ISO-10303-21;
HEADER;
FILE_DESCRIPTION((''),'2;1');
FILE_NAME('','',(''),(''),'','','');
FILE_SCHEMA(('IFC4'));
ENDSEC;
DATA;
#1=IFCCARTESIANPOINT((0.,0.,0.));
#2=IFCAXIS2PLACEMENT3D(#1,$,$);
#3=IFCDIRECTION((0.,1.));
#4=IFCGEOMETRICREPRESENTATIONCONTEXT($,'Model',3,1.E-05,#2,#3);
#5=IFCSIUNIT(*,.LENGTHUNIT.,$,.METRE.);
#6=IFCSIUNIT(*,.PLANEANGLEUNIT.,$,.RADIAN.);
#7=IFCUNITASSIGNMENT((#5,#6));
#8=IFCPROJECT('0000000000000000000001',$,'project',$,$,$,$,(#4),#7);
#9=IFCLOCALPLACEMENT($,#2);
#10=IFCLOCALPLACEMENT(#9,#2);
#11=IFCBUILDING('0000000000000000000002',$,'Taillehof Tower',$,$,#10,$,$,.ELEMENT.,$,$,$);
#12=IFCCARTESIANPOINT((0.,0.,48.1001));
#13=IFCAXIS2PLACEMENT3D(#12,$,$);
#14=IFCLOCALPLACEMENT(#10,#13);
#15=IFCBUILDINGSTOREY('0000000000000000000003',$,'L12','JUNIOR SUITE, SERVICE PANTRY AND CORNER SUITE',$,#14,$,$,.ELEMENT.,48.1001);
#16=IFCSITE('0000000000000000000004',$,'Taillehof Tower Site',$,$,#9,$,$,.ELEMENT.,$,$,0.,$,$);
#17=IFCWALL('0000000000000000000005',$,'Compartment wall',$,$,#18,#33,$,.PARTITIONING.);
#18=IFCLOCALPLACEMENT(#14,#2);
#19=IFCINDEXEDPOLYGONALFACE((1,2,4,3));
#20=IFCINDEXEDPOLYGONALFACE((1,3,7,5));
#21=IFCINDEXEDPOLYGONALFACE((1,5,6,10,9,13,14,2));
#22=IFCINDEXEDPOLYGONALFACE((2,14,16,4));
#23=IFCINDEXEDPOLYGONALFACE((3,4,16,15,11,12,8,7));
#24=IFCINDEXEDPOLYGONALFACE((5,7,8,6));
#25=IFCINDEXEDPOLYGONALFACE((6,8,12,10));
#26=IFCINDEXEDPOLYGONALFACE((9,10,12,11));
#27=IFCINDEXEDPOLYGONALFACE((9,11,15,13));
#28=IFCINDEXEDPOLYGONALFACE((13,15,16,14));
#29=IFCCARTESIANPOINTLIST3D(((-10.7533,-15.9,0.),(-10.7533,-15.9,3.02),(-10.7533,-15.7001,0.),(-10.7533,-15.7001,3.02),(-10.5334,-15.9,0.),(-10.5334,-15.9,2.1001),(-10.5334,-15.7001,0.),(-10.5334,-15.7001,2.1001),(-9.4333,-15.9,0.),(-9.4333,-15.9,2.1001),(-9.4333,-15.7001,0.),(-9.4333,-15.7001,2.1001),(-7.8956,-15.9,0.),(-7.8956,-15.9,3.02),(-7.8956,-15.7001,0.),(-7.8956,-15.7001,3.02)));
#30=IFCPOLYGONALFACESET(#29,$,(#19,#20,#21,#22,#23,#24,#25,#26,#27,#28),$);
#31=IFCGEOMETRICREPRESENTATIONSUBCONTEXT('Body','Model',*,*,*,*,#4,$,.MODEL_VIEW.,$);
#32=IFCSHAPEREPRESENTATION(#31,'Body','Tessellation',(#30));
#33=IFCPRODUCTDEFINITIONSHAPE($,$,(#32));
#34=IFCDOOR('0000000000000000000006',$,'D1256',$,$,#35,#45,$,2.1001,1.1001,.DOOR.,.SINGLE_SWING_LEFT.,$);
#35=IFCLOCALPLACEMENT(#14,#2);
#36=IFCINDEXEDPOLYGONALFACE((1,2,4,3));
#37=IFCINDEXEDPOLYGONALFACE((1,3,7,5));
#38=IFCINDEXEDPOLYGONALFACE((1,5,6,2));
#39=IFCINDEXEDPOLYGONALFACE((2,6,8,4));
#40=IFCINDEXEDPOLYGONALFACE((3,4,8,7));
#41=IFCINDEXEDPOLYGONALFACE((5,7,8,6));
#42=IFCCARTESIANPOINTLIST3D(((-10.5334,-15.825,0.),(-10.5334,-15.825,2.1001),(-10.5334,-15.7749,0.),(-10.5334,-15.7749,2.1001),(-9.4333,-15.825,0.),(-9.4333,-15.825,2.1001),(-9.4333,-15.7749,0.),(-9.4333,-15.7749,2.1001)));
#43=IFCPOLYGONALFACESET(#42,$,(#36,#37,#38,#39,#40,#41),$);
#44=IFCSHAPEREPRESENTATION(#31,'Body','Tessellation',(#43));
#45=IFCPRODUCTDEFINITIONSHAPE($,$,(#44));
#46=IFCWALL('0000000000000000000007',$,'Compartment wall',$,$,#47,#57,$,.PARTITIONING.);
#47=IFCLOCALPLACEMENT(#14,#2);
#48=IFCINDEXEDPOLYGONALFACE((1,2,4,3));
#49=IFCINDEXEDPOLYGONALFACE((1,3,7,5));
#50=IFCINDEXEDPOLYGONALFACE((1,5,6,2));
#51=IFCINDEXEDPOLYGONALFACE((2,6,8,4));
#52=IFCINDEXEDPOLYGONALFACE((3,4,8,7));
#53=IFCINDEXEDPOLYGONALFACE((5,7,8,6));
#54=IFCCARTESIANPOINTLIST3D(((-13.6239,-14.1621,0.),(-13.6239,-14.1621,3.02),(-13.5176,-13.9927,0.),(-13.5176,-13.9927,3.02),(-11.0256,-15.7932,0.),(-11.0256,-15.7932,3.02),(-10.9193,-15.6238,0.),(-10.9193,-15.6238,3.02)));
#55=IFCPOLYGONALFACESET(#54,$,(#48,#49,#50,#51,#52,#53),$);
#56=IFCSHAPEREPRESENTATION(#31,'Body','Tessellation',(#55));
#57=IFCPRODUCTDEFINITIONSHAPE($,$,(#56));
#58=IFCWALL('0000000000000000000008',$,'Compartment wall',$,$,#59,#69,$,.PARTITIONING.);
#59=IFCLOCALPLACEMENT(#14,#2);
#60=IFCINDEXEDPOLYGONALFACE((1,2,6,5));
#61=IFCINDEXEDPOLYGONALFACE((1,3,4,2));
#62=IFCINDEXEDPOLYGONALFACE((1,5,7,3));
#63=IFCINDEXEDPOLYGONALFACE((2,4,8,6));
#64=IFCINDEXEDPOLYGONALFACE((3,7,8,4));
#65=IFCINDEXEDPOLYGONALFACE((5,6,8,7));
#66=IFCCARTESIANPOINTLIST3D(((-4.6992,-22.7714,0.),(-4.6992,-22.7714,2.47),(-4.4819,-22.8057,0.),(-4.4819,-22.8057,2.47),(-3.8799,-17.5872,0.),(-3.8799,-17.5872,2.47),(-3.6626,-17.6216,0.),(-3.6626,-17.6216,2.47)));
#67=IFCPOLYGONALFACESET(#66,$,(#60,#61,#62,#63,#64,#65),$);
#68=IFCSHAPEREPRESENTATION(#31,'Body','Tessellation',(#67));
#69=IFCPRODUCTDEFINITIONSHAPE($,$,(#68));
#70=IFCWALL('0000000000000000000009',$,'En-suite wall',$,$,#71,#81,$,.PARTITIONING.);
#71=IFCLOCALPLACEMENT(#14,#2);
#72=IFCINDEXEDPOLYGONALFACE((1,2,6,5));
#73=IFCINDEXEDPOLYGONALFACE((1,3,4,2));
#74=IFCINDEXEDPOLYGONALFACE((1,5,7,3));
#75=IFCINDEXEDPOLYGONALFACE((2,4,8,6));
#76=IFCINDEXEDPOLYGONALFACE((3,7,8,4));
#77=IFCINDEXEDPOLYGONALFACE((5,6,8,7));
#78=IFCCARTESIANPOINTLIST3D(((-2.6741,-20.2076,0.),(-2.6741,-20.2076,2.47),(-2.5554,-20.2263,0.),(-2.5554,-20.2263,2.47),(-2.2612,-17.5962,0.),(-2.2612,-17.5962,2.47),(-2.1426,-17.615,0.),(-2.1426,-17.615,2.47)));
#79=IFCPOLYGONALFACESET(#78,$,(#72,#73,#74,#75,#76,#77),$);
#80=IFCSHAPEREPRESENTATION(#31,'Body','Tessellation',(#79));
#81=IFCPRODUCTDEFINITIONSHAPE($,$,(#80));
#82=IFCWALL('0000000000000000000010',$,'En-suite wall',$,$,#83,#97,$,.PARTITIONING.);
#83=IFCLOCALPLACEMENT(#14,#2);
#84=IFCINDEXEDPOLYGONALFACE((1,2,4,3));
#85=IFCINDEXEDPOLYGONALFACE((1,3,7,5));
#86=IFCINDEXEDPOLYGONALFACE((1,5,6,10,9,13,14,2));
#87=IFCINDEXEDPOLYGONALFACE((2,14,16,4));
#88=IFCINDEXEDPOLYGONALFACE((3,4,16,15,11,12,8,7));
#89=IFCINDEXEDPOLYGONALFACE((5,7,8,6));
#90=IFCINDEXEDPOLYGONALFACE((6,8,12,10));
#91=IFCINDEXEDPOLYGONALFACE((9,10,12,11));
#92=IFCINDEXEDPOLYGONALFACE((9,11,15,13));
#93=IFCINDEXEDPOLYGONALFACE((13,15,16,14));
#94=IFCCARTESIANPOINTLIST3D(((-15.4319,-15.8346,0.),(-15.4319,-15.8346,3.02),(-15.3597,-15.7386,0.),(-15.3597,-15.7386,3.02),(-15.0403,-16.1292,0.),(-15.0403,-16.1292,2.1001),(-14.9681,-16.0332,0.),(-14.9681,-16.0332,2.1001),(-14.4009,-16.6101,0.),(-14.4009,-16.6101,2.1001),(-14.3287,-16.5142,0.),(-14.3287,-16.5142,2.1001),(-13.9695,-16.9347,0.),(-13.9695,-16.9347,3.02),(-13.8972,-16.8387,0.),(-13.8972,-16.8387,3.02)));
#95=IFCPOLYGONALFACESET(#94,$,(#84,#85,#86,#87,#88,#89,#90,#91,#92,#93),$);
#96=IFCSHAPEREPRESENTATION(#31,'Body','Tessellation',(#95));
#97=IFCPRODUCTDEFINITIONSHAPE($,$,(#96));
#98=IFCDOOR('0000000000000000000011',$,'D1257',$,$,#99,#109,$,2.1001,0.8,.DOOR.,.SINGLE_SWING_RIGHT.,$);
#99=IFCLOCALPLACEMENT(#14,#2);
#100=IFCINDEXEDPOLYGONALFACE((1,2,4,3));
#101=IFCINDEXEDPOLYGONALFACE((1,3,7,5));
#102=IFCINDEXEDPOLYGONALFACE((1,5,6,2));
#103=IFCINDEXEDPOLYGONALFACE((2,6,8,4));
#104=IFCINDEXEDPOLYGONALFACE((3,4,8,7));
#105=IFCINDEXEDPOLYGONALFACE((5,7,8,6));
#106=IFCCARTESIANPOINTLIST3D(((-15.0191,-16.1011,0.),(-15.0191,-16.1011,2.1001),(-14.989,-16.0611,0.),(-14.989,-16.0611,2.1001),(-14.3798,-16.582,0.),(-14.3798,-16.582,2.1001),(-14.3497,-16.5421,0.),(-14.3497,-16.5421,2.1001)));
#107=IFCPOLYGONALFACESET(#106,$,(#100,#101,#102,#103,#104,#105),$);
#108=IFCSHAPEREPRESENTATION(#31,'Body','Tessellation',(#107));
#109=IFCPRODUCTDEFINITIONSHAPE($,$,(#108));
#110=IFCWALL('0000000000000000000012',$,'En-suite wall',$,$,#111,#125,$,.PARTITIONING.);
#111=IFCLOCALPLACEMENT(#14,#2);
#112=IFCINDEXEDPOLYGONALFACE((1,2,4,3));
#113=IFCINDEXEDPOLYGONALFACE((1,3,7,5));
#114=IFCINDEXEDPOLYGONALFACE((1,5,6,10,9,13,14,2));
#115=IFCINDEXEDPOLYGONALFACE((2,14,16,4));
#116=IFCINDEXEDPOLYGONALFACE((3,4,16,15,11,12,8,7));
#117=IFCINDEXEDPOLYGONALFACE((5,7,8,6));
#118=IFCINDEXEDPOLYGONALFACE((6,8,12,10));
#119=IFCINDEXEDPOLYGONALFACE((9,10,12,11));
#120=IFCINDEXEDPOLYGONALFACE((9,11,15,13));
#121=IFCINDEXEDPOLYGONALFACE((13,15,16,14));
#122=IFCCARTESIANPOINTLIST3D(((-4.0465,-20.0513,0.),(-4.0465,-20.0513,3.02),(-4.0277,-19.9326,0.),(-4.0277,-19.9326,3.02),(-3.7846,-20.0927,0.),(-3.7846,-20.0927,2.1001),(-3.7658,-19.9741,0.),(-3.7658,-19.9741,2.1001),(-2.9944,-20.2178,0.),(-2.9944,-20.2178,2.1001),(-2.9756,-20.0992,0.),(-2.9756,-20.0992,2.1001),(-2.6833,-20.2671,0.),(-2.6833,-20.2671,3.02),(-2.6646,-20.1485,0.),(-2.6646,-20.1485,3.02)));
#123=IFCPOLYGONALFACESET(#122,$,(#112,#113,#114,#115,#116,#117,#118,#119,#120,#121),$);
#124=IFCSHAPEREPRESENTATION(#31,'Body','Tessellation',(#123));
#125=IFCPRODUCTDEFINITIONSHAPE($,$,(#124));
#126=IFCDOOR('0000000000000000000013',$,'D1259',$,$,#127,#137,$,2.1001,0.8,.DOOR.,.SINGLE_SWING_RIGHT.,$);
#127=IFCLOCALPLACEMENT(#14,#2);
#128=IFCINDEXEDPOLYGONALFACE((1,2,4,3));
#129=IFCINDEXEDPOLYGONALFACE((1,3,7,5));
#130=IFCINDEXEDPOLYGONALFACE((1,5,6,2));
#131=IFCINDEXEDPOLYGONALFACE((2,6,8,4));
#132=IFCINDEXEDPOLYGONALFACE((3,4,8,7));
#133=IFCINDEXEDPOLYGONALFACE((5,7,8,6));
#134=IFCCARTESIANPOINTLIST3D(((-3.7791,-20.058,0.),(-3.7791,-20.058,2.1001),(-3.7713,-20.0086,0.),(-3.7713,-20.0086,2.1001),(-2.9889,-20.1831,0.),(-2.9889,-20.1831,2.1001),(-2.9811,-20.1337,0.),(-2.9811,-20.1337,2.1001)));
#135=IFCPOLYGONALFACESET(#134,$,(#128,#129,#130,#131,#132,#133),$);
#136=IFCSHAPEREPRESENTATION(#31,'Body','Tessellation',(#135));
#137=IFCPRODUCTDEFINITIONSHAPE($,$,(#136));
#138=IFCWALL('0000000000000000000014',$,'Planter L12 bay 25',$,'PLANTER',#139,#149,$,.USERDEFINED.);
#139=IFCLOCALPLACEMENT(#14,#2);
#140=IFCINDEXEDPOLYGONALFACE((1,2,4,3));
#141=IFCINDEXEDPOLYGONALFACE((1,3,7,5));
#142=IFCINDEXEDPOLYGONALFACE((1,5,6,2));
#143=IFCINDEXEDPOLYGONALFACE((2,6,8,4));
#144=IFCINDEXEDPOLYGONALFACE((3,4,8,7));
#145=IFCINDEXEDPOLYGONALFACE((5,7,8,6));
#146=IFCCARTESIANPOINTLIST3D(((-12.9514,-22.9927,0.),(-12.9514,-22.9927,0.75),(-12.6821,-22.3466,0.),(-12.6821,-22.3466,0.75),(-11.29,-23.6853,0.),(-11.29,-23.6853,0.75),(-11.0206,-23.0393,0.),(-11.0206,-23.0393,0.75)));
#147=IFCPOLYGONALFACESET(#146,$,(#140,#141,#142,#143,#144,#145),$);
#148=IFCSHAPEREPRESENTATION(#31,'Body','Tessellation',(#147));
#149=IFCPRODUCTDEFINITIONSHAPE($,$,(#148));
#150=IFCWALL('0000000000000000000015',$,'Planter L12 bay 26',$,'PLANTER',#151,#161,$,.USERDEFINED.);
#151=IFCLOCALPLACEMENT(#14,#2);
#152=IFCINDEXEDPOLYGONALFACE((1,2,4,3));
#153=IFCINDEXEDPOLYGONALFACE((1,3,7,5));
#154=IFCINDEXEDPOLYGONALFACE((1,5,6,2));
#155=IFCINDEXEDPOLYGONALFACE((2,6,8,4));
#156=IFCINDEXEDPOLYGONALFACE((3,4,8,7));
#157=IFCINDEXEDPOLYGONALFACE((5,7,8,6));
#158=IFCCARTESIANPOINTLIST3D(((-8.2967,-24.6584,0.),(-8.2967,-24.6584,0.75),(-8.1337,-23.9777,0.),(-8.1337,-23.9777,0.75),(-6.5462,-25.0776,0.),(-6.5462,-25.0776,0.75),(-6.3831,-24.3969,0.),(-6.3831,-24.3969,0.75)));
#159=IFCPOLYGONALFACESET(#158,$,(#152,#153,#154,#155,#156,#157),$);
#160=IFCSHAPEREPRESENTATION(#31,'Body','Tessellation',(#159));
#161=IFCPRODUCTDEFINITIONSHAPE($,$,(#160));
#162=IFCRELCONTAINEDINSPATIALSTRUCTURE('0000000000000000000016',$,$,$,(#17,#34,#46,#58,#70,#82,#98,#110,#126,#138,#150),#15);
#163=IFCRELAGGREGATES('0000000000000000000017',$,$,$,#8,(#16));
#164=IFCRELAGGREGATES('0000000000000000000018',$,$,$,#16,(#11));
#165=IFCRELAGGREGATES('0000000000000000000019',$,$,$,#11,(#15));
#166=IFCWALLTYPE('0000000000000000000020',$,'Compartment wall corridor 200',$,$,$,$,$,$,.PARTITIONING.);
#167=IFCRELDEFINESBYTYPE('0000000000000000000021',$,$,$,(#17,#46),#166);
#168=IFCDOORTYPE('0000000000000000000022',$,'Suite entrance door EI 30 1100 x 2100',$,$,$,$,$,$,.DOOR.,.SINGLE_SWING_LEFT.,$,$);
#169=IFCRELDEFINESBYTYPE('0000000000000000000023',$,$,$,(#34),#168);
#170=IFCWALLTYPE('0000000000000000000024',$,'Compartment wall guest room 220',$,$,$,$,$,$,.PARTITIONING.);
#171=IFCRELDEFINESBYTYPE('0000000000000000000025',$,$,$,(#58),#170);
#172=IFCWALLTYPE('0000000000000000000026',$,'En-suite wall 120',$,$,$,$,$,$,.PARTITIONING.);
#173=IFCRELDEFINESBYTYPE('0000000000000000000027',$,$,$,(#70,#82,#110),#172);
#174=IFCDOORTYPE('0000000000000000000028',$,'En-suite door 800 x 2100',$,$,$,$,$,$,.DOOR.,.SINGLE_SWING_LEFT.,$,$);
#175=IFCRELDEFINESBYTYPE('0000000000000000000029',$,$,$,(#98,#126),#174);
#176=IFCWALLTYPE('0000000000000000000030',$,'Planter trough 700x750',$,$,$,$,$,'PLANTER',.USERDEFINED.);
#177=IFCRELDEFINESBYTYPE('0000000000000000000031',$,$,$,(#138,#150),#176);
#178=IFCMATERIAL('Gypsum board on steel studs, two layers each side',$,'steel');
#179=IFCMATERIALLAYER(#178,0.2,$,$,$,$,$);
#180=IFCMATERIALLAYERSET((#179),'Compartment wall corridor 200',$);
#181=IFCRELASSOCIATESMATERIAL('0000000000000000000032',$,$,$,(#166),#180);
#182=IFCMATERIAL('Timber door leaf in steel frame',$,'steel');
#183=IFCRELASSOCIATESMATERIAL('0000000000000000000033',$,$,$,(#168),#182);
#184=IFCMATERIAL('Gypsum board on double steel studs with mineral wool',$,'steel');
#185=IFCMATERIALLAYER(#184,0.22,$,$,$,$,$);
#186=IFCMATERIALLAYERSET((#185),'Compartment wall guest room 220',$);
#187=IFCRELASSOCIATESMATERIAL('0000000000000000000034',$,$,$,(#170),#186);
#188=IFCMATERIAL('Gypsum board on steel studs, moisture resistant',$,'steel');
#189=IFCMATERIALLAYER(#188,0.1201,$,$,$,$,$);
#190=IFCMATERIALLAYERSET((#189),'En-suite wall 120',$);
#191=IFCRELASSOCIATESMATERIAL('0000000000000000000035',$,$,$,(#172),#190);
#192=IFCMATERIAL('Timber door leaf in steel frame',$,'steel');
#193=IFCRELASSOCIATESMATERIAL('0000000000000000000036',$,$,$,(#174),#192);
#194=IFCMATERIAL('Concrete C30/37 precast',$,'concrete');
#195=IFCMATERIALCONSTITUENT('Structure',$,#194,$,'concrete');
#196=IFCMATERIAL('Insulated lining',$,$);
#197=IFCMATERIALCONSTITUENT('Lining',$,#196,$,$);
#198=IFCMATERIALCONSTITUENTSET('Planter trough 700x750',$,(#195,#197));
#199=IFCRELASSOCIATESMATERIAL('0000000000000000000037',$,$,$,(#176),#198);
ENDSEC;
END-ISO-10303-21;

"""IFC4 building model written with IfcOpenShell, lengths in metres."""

from ifc_helpers import new_model, si_unit, direction, frame, frame_2d, origin, place, context, subcontext, project, spatial, rectangle, extrude, material, layer, layer_set, constituent, constituent_set, type_object, element, fill, save


model = new_model("IFC4")

# Units and contexts
model_context = context("Model", 3, precision=1e-05, world=origin(), true_north=direction((0.0, 1.0)))
body_context = subcontext(model_context, "Body", "Model", "MODEL_VIEW")
ifc_project = project(units=[si_unit("LENGTHUNIT", "METRE"), si_unit("PLANEANGLEUNIT", "RADIAN")], contexts=[model_context])

# Site, building, storey
site_placement = place(None, origin())
site = spatial("IfcSite", under=ifc_project, at=site_placement, Name="Taillehof Tower Site", CompositionType="ELEMENT", RefElevation=0.0)
building_placement = place(site_placement, origin())
building = spatial("IfcBuilding", under=site, at=building_placement, Name="Taillehof Tower", CompositionType="ELEMENT")
storey_placement = place(building_placement, frame((0.0, 0.0, 48.1001)))
storey = spatial("IfcBuildingStorey", under=building, at=storey_placement, Name="L12", Description="JUNIOR SUITE, SERVICE PANTRY AND CORNER SUITE", CompositionType="ELEMENT", Elevation=48.1001)

# Shared definitions
ifc_material_1 = material(Name="Gypsum board on steel studs, two layers each side", Category="steel")
ifc_layer_1 = layer(ifc_material_1, 0.2)
ifc_layer_set_1 = layer_set([ifc_layer_1], Name="Compartment wall corridor 200")
wall_type_1 = type_object("IfcWallType", Name="Compartment wall corridor 200", PredefinedType="PARTITIONING", material=ifc_layer_set_1)

# Wall, opening, door
wall_1_placement = place(storey_placement, frame((-7.8958, -15.8, 0.0), z_axis=(0.0, 0.0, 1.0), x_axis=(-1.0, 0.0, 0.0)))
wall_1 = element("IfcWall", 1, at=wall_1_placement, inside=storey, type_object=wall_type_1, Name="Compartment wall", PredefinedType="PARTITIONING", context=body_context, shape_type="SweptSolid", body=[
    extrude(rectangle(XDim=2.8577, YDim=0.2, at=frame_2d((1.4287, 0.0))), origin(), (0.0, 0.0, 1.0), 3.02),
])
opening_1_placement = place(wall_1_placement, frame((1.5376, 0.0, 0.0)))
opening_1 = element("IfcOpeningElement", 2, at=opening_1_placement, cuts=wall_1, PredefinedType="OPENING", context=body_context, shape_type="SweptSolid", body=[
    extrude(rectangle(XDim=1.1001, YDim=2.1001, at=frame_2d((0.55, 1.05))), frame((0.0, 0.1099, 0.0), z_axis=(0.0, -1.0, 0.0), x_axis=(1.0, 0.0, 0.0)), (0.0, 0.0, 1.0), 0.22),
])
ifc_material_2 = material(Name="Timber door leaf in steel frame", Category="steel")
door_type_1 = type_object("IfcDoorType", Name="Suite entrance door EI 30 1100 x 2100", OperationType="SINGLE_SWING_LEFT", PredefinedType="DOOR", material=ifc_material_2)
door_1_placement = place(opening_1_placement, origin())
door_1 = element("IfcDoor", 3, at=door_1_placement, inside=storey, type_object=door_type_1, Name="D1256", OperationType="SINGLE_SWING_LEFT", OverallHeight=2.1001, OverallWidth=1.1001, PredefinedType="DOOR", context=body_context, shape_type="SweptSolid", body=[
    extrude(rectangle(XDim=1.1001, YDim=2.1001, at=frame_2d((0.55, 1.05))), frame((0.0, 0.0249, 0.0), z_axis=(0.0, -1.0, 0.0), x_axis=(1.0, 0.0, 0.0)), (0.0, 0.0, 1.0), 0.05),
])
fill(opening_1, door_1)

# Walls
wall_2_placement = place(storey_placement, frame((-10.9724, -15.7085, 0.0), z_axis=(0.0, 0.0, 1.0), x_axis=(-0.846955, 0.531665, 0.0)))
element("IfcWall", 4, at=wall_2_placement, inside=storey, type_object=wall_type_1, Name="Compartment wall", PredefinedType="PARTITIONING", context=body_context, shape_type="SweptSolid", body=[
    extrude(rectangle(XDim=3.0679, YDim=0.2, at=frame_2d((1.5339, 0.0))), origin(), (0.0, 0.0, 1.0), 3.02),
])
ifc_material_3 = material(Name="Gypsum board on double steel studs with mineral wool", Category="steel")
ifc_layer_2 = layer(ifc_material_3, 0.22)
ifc_layer_set_2 = layer_set([ifc_layer_2], Name="Compartment wall guest room 220")
wall_type_2 = type_object("IfcWallType", Name="Compartment wall guest room 220", PredefinedType="PARTITIONING", material=ifc_layer_set_2)
wall_3_placement = place(storey_placement, frame((-4.5906, -22.7886, 0.0), z_axis=(0.0, 0.0, 1.0), x_axis=(0.156111, 0.98774, 0.0)))
element("IfcWall", 5, at=wall_3_placement, inside=storey, type_object=wall_type_2, Name="Compartment wall", PredefinedType="PARTITIONING", context=body_context, shape_type="SweptSolid", body=[
    extrude(rectangle(XDim=5.2485, YDim=0.22, at=frame_2d((2.6243, 0.0))), origin(), (0.0, 0.0, 1.0), 2.47),
])
ifc_material_4 = material(Name="Gypsum board on steel studs, moisture resistant", Category="steel")
ifc_layer_3 = layer(ifc_material_4, 0.1201)
ifc_layer_set_3 = layer_set([ifc_layer_3], Name="En-suite wall 120")
wall_type_3 = type_object("IfcWallType", Name="En-suite wall 120", PredefinedType="PARTITIONING", material=ifc_layer_set_3)
wall_4_placement = place(storey_placement, frame((-2.2019, -17.6057, 0.0), z_axis=(0.0, 0.0, 1.0), x_axis=(-0.156157, -0.987732, 0.0)))
element("IfcWall", 6, at=wall_4_placement, inside=storey, type_object=wall_type_3, Name="En-suite wall", PredefinedType="PARTITIONING", context=body_context, shape_type="SweptSolid", body=[
    extrude(rectangle(XDim=2.6438, YDim=0.1201, at=frame_2d((1.3218, 0.0))), origin(), (0.0, 0.0, 1.0), 2.47),
])

# Walls, openings, doors
wall_5_placement = place(storey_placement, frame((-13.9333, -16.8867, 0.0), z_axis=(0.0, 0.0, 1.0), x_axis=(-0.799135, 0.601152, 0.0)))
wall_5 = element("IfcWall", 7, at=wall_5_placement, inside=storey, type_object=wall_type_3, Name="En-suite wall", PredefinedType="PARTITIONING", context=body_context, shape_type="SweptSolid", body=[
    extrude(rectangle(XDim=1.8301, YDim=0.1201, at=frame_2d((0.915, 0.0))), origin(), (0.0, 0.0, 1.0), 3.02),
])
opening_2_placement = place(wall_5_placement, frame((0.54, 0.0, 0.0)))
opening_2 = element("IfcOpeningElement", 8, at=opening_2_placement, cuts=wall_5, PredefinedType="OPENING", context=body_context, shape_type="SweptSolid", body=[
    extrude(rectangle(XDim=0.8, YDim=2.1001, at=frame_2d((0.3999, 1.05))), frame((0.0, 0.0701, 0.0), z_axis=(0.0, -1.0, 0.0), x_axis=(1.0, 0.0, 0.0)), (0.0, 0.0, 1.0), 0.1401),
])
ifc_material_5 = material(Name="Timber door leaf in steel frame", Category="steel")
door_type_2 = type_object("IfcDoorType", Name="En-suite door 800 x 2100", OperationType="SINGLE_SWING_LEFT", PredefinedType="DOOR", material=ifc_material_5)
door_2_placement = place(opening_2_placement, origin())
door_2 = element("IfcDoor", 9, at=door_2_placement, inside=storey, type_object=door_type_2, Name="D1257", OperationType="SINGLE_SWING_RIGHT", OverallHeight=2.1001, OverallWidth=0.8, PredefinedType="DOOR", context=body_context, shape_type="SweptSolid", body=[
    extrude(rectangle(XDim=0.8, YDim=2.1001, at=frame_2d((0.3999, 1.05))), frame((0.0, 0.0249, 0.0), z_axis=(0.0, -1.0, 0.0), x_axis=(1.0, 0.0, 0.0)), (0.0, 0.0, 1.0), 0.05),
])
fill(opening_2, door_2)
wall_6_placement = place(storey_placement, frame((-2.6741, -20.2078, 0.0), z_axis=(0.0, 0.0, 1.0), x_axis=(-0.987695, 0.15639, 0.0)))
wall_6 = element("IfcWall", 10, at=wall_6_placement, inside=storey, type_object=wall_type_3, Name="En-suite wall", PredefinedType="PARTITIONING", context=body_context, shape_type="SweptSolid", body=[
    extrude(rectangle(XDim=1.3801, YDim=0.1201, at=frame_2d((0.6899, 0.0))), origin(), (0.0, 0.0, 1.0), 3.02),
])
opening_3_placement = place(wall_6_placement, frame((0.3149, 0.0, 0.0)))
opening_3 = element("IfcOpeningElement", 11, at=opening_3_placement, cuts=wall_6, PredefinedType="OPENING", context=body_context, shape_type="SweptSolid", body=[
    extrude(rectangle(XDim=0.8, YDim=2.1001, at=frame_2d((0.3999, 1.05))), frame((0.0, 0.0701, 0.0), z_axis=(0.0, -1.0, 0.0), x_axis=(1.0, 0.0, 0.0)), (0.0, 0.0, 1.0), 0.1401),
])
door_3_placement = place(opening_3_placement, origin())
door_3 = element("IfcDoor", 12, at=door_3_placement, inside=storey, type_object=door_type_2, Name="D1259", OperationType="SINGLE_SWING_RIGHT", OverallHeight=2.1001, OverallWidth=0.8, PredefinedType="DOOR", context=body_context, shape_type="SweptSolid", body=[
    extrude(rectangle(XDim=0.8, YDim=2.1001, at=frame_2d((0.3999, 1.05))), frame((0.0, 0.0249, 0.0), z_axis=(0.0, -1.0, 0.0), x_axis=(1.0, 0.0, 0.0)), (0.0, 0.0, 1.0), 0.05),
])
fill(opening_3, door_3)

# Walls
ifc_material_6 = material(Name="Concrete C30/37 precast", Category="concrete")
ifc_constituent_1 = constituent(ifc_material_6, Name="Structure", Category="concrete")
ifc_material_7 = material(Name="Insulated lining")
ifc_constituent_2 = constituent(ifc_material_7, Name="Lining")
ifc_constituent_set = constituent_set(constituents=[ifc_constituent_1, ifc_constituent_2], Name="Planter trough 700x750")
wall_type_4 = type_object("IfcWallType", Name="Planter trough 700x750", ElementType="PLANTER", PredefinedType="USERDEFINED", material=ifc_constituent_set)
for number, where, z_axis, x_axis, name in (
    (13, (-12.8167, -22.6697, 0.0), (0.0, 0.0, 1.0), (0.923001, -0.384798, 0.0), "Planter L12 bay 25"),
    (14, (-8.2151, -24.3181, 0.0), (0.0, 0.0, 1.0), (0.972504, -0.232886, 0.0), "Planter L12 bay 26"),
):
    element("IfcWall", number, at=place(storey_placement, frame(where, z_axis=z_axis, x_axis=x_axis)), inside=storey, type_object=wall_type_4, Name=name, ObjectType="PLANTER", PredefinedType="USERDEFINED", context=body_context, shape_type="SweptSolid", body=[
        extrude(rectangle(XDim=1.8, YDim=0.7, at=frame_2d((0.8999, 0.0))), origin(), (0.0, 0.0, 1.0), 0.75),
    ])

save(model, "model.ifc")
